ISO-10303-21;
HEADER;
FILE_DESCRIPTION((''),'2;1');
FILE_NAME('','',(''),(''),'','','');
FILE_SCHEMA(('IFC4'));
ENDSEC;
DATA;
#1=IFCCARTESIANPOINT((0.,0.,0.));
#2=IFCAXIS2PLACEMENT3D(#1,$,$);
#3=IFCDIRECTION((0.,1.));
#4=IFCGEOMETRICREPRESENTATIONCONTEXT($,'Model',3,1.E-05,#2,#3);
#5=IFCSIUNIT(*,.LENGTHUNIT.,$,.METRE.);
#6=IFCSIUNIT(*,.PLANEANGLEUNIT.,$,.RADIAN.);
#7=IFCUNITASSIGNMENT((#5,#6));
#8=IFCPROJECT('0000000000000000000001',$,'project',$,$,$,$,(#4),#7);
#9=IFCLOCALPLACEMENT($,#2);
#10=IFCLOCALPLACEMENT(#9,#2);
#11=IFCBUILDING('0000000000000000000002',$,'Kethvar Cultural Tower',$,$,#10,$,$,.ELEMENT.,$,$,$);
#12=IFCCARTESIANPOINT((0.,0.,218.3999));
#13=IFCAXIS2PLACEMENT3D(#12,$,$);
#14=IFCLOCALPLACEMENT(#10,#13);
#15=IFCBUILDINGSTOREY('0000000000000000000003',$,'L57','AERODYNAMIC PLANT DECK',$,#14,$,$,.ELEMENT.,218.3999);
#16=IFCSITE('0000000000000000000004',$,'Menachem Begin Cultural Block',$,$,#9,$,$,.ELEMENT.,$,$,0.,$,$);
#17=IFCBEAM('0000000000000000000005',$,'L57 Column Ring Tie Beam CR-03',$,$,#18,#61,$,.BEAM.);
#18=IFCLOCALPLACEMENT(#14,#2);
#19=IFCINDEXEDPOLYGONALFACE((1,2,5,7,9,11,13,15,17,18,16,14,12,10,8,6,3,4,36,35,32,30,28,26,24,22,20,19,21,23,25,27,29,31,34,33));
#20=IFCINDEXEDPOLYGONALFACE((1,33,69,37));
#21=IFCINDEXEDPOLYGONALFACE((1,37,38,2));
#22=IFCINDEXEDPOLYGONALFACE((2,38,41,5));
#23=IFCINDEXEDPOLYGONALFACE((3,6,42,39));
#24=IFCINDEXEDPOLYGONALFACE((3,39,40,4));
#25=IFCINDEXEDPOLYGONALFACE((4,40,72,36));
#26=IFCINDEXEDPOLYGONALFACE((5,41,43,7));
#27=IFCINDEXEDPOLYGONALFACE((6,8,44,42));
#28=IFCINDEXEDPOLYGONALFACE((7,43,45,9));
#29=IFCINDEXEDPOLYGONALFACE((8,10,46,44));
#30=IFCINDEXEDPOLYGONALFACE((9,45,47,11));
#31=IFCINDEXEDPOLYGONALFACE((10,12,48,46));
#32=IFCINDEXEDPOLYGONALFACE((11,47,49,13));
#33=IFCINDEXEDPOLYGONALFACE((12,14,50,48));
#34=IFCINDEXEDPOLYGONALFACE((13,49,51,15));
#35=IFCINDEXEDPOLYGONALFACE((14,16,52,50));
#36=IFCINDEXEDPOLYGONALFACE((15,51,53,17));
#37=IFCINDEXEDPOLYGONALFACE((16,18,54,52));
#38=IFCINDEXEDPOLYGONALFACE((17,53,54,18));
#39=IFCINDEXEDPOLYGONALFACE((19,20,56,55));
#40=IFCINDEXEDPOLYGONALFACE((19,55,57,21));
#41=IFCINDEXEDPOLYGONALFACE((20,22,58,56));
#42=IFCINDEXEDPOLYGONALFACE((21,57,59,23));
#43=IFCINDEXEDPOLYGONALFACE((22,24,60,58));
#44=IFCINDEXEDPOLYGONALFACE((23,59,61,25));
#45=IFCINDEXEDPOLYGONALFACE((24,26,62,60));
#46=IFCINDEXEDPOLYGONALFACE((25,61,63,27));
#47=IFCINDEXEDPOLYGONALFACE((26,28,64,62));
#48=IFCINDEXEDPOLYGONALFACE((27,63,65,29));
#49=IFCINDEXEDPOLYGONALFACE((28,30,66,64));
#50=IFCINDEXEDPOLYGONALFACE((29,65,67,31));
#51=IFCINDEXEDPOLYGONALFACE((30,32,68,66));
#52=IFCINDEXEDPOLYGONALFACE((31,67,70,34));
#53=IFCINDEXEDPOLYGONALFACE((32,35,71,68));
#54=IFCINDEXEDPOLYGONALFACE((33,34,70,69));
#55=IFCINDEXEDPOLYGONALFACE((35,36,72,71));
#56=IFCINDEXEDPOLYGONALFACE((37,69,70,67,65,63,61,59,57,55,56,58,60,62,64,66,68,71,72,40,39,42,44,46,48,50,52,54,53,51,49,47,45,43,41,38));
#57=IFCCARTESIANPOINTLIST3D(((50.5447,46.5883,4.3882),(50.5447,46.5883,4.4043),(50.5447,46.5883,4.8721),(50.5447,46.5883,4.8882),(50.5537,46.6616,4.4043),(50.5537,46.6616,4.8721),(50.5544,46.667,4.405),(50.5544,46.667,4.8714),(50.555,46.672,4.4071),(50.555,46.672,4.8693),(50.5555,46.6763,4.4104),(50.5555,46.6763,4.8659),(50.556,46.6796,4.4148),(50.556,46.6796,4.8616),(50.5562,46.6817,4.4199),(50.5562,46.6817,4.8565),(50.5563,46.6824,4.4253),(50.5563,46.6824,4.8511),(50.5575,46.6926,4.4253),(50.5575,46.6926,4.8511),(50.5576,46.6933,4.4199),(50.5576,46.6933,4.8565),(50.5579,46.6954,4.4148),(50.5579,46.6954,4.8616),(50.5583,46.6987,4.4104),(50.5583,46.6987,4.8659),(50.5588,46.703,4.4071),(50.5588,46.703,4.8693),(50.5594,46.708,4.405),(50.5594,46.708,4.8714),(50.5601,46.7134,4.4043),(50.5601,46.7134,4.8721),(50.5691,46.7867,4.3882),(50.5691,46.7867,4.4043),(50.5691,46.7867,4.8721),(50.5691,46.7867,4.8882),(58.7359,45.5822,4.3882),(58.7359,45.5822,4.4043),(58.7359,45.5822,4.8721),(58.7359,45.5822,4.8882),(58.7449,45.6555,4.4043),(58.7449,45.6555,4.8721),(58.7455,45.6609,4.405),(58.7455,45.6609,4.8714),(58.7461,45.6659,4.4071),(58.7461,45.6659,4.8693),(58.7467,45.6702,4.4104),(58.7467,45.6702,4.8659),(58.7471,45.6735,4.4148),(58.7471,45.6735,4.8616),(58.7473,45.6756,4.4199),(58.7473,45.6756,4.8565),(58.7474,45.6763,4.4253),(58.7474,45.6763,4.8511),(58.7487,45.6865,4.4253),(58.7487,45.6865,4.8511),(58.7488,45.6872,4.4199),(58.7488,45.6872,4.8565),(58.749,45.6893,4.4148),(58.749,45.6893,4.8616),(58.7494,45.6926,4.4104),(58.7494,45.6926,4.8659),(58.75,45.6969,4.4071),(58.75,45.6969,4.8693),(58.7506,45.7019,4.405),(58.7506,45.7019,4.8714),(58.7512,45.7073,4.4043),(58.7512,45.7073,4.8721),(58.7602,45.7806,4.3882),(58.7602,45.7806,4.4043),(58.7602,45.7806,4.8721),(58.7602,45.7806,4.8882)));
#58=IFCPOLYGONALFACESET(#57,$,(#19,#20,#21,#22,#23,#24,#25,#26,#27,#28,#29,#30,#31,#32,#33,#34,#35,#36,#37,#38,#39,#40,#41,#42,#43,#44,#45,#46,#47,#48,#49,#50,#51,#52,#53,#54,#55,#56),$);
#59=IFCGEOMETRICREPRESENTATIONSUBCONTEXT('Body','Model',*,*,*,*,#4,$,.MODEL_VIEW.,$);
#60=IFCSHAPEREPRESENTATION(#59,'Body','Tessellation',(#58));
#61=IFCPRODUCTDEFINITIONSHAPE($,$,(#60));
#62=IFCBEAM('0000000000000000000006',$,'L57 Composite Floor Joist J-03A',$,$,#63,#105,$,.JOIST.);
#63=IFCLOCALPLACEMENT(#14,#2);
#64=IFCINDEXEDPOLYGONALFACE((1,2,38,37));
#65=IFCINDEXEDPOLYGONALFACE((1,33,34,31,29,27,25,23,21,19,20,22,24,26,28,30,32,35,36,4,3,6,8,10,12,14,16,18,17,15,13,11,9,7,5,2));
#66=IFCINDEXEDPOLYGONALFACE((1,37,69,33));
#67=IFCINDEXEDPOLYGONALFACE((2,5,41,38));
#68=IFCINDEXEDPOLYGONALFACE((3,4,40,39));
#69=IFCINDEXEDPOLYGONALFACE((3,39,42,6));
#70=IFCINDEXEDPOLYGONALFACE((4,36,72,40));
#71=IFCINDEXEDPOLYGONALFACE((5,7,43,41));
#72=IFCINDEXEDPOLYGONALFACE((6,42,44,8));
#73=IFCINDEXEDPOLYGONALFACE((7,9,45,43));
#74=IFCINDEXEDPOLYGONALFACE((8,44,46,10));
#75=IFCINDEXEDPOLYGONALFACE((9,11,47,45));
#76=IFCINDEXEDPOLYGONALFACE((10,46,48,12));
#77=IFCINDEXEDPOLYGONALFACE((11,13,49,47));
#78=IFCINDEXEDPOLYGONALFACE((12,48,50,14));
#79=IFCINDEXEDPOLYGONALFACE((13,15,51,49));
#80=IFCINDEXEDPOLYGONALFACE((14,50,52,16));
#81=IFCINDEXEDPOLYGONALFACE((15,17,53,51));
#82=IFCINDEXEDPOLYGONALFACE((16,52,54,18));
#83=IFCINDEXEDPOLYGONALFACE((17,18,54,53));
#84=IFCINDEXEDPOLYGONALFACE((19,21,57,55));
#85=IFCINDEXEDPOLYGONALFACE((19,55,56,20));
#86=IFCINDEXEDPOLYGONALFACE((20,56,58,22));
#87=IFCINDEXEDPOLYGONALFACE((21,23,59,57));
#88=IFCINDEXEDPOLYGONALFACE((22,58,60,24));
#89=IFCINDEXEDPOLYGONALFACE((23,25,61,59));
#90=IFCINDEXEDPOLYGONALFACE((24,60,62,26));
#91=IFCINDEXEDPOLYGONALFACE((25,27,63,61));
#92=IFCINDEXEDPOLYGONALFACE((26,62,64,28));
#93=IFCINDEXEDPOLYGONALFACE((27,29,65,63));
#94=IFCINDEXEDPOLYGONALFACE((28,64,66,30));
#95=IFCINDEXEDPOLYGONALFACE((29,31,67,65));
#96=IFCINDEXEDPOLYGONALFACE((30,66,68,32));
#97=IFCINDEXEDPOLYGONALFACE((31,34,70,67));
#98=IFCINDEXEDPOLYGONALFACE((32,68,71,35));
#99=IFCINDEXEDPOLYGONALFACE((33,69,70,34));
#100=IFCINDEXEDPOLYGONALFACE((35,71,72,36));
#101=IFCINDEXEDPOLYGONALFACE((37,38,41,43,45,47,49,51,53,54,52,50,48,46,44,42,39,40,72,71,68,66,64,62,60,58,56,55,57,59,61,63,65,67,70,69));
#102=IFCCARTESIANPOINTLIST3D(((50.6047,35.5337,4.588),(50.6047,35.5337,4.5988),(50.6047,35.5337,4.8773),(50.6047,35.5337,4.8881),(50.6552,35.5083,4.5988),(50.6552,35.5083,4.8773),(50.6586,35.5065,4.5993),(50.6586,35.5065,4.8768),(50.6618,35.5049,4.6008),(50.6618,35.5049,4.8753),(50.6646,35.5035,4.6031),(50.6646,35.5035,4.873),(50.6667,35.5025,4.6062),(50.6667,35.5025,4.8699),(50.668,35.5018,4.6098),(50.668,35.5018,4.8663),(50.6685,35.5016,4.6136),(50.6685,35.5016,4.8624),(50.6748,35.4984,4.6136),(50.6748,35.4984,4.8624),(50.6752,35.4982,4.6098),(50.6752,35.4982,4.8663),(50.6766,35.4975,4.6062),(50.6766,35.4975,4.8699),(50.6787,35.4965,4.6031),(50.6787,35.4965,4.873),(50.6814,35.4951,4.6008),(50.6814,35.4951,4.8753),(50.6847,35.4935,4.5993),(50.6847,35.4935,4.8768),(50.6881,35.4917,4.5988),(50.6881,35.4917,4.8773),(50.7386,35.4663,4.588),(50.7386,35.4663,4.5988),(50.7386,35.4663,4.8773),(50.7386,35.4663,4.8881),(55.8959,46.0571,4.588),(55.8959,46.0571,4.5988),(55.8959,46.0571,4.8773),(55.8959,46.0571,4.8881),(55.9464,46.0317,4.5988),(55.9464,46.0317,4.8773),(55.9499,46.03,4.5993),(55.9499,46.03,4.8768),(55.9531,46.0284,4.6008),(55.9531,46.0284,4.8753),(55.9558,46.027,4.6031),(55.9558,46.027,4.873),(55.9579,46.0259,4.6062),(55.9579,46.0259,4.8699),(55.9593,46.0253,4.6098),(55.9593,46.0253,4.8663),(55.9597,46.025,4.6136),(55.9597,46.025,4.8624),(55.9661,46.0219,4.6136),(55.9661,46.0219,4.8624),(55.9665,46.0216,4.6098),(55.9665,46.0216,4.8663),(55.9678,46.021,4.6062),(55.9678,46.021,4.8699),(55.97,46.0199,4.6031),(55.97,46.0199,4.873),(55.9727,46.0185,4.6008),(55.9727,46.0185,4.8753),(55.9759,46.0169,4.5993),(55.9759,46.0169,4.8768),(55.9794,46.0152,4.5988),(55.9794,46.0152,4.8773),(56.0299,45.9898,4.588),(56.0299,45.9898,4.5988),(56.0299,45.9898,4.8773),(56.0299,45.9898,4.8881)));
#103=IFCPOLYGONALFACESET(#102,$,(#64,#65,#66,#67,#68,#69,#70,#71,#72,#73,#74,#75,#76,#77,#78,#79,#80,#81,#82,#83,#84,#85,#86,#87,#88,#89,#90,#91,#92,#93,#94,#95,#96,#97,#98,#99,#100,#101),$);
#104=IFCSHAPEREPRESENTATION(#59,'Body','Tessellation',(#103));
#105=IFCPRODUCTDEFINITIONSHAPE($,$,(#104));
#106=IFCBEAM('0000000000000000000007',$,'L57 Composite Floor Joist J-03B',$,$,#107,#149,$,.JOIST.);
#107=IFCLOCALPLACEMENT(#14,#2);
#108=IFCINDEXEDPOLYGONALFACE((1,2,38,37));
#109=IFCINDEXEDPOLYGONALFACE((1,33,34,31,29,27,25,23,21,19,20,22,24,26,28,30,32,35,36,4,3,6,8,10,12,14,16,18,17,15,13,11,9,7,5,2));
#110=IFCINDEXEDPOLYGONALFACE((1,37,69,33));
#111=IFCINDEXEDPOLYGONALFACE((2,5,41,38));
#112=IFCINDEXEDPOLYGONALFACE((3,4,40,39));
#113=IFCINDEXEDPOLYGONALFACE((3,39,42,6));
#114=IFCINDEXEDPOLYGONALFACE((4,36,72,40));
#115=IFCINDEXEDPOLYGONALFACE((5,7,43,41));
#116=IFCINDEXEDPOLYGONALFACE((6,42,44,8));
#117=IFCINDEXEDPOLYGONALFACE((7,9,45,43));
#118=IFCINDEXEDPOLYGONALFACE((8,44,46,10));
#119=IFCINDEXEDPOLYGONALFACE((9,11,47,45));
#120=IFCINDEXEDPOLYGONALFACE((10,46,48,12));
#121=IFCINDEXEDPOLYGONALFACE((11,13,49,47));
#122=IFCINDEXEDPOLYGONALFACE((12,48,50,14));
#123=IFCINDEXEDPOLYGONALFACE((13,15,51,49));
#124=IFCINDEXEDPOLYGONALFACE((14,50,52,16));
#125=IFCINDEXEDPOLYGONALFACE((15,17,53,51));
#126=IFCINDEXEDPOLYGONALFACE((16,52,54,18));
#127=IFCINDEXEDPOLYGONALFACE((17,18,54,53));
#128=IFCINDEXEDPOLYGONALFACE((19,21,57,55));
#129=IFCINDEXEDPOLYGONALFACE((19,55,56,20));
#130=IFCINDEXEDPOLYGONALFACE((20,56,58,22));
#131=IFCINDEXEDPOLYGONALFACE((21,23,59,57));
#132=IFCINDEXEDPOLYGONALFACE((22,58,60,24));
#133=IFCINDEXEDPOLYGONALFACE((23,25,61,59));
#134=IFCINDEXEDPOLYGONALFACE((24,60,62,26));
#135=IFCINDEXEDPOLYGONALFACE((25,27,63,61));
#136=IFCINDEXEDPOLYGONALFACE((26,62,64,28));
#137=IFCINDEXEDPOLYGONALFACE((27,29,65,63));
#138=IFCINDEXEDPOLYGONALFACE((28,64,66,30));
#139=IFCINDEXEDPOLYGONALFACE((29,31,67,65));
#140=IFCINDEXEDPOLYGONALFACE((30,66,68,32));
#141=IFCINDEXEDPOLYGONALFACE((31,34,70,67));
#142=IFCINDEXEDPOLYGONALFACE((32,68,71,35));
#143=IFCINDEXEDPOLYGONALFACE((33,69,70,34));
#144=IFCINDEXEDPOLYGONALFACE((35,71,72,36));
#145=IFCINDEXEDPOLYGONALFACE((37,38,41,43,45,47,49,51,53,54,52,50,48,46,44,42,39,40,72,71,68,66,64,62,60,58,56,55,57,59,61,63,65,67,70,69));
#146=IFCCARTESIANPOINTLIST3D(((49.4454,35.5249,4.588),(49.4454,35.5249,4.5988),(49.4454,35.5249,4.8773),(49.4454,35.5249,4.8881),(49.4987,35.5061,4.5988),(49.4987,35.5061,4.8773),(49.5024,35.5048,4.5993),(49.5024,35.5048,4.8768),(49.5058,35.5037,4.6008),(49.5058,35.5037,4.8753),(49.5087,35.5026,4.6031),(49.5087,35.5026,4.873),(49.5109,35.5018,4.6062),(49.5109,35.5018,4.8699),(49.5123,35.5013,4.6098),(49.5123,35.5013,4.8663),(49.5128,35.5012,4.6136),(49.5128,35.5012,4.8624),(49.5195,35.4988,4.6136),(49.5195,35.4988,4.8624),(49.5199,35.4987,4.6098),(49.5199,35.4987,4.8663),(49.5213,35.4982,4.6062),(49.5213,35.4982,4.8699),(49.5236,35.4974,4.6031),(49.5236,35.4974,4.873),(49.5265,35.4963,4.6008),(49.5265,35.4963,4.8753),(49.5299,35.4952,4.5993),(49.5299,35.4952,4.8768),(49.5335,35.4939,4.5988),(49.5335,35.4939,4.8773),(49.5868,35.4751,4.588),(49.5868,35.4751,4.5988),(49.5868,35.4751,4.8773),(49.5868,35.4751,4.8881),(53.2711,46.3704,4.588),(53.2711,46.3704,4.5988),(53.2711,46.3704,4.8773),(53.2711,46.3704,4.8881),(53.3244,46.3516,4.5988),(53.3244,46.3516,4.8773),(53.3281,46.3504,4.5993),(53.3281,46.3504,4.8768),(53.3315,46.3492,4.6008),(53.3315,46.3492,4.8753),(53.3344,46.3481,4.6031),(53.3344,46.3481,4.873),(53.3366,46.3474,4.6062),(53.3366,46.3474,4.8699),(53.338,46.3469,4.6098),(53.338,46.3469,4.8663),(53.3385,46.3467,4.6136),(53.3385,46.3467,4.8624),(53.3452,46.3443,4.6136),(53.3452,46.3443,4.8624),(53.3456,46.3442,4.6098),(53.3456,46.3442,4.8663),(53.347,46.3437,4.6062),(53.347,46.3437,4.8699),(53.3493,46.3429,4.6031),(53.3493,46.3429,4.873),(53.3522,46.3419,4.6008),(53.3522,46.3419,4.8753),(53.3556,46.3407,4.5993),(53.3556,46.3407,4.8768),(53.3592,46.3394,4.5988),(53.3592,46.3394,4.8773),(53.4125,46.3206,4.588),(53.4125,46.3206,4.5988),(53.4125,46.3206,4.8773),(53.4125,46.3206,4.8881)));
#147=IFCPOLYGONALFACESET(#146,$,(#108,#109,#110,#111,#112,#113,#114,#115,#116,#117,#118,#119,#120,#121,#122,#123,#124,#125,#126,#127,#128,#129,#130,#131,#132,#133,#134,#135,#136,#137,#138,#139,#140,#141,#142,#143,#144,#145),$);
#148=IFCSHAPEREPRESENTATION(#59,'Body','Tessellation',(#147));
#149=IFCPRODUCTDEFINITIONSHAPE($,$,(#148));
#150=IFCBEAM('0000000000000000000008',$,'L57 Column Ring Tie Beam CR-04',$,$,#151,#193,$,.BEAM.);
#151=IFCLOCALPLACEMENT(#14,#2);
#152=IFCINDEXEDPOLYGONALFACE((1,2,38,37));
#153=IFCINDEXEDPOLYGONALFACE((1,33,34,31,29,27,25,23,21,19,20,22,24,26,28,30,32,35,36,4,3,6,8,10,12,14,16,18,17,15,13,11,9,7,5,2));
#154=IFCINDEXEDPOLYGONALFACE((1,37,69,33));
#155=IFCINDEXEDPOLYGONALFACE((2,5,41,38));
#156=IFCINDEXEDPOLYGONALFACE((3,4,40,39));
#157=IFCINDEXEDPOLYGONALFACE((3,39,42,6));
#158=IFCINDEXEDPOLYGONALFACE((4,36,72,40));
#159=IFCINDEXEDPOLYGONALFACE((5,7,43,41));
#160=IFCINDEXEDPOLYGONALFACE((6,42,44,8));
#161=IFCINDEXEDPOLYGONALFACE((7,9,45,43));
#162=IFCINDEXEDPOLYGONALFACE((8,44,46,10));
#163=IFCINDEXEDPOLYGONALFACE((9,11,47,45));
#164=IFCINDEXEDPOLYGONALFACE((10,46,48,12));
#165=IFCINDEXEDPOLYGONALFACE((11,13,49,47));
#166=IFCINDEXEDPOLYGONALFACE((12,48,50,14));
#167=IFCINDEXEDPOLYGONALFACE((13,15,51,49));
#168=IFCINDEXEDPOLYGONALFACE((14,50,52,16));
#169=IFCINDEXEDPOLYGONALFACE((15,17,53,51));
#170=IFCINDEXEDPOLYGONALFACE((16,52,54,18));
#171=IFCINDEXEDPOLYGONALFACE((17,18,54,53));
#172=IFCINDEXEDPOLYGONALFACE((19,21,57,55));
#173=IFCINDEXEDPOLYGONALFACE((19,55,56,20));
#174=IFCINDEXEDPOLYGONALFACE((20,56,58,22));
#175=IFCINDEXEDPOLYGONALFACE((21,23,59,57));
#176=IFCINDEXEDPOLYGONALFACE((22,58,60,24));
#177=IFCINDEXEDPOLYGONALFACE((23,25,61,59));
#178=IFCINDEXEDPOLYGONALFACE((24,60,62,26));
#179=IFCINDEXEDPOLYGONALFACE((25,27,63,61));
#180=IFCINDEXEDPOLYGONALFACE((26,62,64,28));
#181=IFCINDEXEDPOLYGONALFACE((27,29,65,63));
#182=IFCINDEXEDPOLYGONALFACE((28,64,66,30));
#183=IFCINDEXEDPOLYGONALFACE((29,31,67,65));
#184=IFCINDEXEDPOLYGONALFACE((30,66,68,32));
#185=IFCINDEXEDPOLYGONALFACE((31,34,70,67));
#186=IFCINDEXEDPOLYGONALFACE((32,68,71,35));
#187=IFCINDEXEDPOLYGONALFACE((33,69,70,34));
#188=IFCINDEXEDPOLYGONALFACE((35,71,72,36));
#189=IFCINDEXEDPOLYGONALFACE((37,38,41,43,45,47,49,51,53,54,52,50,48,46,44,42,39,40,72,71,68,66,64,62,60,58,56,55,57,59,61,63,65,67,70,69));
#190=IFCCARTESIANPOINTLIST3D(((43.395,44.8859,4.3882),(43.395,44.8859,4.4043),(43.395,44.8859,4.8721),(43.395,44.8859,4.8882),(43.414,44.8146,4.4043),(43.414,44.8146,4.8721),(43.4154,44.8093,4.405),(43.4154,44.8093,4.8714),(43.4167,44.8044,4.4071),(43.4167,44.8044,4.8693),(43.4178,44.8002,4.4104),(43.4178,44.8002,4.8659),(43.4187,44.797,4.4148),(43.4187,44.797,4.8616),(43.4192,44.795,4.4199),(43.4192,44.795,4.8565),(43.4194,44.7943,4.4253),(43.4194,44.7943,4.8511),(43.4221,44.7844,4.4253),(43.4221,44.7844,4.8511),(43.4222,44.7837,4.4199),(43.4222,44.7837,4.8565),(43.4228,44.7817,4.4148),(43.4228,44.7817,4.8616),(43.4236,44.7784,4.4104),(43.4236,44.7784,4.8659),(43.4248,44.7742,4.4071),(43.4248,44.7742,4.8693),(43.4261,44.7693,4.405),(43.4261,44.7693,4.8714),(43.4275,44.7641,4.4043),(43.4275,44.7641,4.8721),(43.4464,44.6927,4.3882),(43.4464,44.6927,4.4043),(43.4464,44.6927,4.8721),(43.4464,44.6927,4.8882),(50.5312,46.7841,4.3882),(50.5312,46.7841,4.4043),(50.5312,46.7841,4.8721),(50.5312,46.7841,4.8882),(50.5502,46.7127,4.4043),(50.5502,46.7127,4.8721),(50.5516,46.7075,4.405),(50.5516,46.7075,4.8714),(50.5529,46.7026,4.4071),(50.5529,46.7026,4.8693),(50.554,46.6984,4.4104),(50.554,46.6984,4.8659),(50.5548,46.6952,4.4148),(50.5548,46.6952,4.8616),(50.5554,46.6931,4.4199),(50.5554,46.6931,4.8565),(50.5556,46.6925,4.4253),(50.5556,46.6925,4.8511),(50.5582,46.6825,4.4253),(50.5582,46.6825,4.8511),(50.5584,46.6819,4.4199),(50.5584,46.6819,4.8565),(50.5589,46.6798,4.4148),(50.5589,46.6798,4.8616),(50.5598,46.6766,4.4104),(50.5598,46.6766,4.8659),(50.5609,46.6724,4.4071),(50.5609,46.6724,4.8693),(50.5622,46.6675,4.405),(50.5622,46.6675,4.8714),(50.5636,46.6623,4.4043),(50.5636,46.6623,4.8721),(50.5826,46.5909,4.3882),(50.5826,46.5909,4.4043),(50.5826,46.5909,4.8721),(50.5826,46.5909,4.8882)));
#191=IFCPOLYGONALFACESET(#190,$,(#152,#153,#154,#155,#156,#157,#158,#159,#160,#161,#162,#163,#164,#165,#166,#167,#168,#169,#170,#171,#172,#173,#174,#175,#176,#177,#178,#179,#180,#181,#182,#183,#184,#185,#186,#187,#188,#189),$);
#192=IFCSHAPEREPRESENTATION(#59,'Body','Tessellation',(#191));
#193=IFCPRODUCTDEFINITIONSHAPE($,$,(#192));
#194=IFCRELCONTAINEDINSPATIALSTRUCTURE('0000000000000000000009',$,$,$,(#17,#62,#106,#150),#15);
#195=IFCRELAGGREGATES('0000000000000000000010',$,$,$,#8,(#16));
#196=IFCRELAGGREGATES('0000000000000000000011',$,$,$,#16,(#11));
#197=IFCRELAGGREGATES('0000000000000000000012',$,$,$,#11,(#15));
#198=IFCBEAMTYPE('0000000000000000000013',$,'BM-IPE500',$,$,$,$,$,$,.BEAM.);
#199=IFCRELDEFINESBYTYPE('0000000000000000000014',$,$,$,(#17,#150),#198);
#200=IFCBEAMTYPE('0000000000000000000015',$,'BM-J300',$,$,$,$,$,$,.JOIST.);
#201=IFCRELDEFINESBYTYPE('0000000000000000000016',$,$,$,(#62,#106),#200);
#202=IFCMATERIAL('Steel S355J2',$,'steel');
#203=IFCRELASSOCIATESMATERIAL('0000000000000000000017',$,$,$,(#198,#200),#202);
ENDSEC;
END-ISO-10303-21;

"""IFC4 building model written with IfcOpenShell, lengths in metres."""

from ifc_helpers import new_model, si_unit, direction, frame, origin, origin_2d, place, context, subcontext, project, spatial, i_section, extrude, source, transform, mapped, material, material_profile, profile_set, type_object, element, save


model = new_model("IFC4")

# Units and contexts
model_context = context("Model", 3, precision=1e-05, world=origin(), true_north=direction((0.0, 1.0)))
body_context = subcontext(model_context, "Body", "Model", "MODEL_VIEW")
ifc_project = project(units=[si_unit("LENGTHUNIT", "METRE"), si_unit("PLANEANGLEUNIT", "RADIAN")], contexts=[model_context])

# Site, building, storey
site_placement = place(None, origin())
site = spatial("IfcSite", under=ifc_project, at=site_placement, Name="Menachem Begin Cultural Block", CompositionType="ELEMENT", RefElevation=0.0)
building_placement = place(site_placement, origin())
building = spatial("IfcBuilding", under=site, at=building_placement, Name="Kethvar Cultural Tower", CompositionType="ELEMENT")
storey_placement = place(building_placement, frame((0.0, 0.0, 218.3999)))
storey = spatial("IfcBuildingStorey", under=building, at=storey_placement, Name="L57", Description="AERODYNAMIC PLANT DECK", CompositionType="ELEMENT", Elevation=218.3999)

# Beams
ifc_material_1 = material(Name="Steel S355J2", Category="steel")
ifc_material_profile_1 = material_profile(ifc_material_1, i_section(OverallWidth=0.2, OverallDepth=0.5, WebThickness=0.0103, FlangeThickness=0.0161, FilletRadius=0.021, at=origin_2d()), Name="Steel S355J2 — IPE500")
ifc_profile_set_1 = profile_set([ifc_material_profile_1], Name="Steel S355J2 — IPE500")
beam_type_1 = type_object("IfcBeamType", Name="BM-IPE500", PredefinedType="BEAM", material=ifc_profile_set_1)
ifc_material_profile_2 = material_profile(ifc_material_1, i_section(OverallWidth=0.1499, OverallDepth=0.3, WebThickness=0.0071, FlangeThickness=0.0107, FilletRadius=0.0149, at=origin_2d()), Name="Steel S355J2 — IPE300")
ifc_profile_set_2 = profile_set([ifc_material_profile_2], Name="Steel S355J2 — IPE300")
beam_type_2 = type_object("IfcBeamType", Name="BM-J300", PredefinedType="JOIST", material=ifc_profile_set_2)
shared_shape_1 = source(origin(), body_context, "Body", "SweptSolid", [
    extrude(i_section(OverallWidth=0.2, OverallDepth=0.5, WebThickness=0.0103, FlangeThickness=0.0161, FilletRadius=0.021, at=origin_2d()), origin(), (0.0, 0.0, 1.0), 8.2527),
])
beam_1_placement = place(storey_placement, frame((58.748, 45.6814, 4.6382), z_axis=(-0.992541, 0.121912, 0.0), x_axis=(-0.121912, -0.992541, 0.0)))
element("IfcBeam", 1, at=beam_1_placement, inside=storey, type_object=beam_type_1, Name="L57 Column Ring Tie Beam CR-03", PredefinedType="BEAM", context=body_context, shape_type="MappedRepresentation", body=[
    mapped(shared_shape_1, transform((0.0, 0.0, 0.0), scale=1.0)),
])
shared_shape_2 = source(origin(), body_context, "Body", "SweptSolid", [
    extrude(i_section(OverallWidth=0.1499, OverallDepth=0.3, WebThickness=0.0071, FlangeThickness=0.0107, FilletRadius=0.0149, at=origin_2d()), origin(), (0.0, 0.0, 1.0), 11.7788),
])
beam_2_placement = place(storey_placement, frame((50.6716, 35.5, 4.738), z_axis=(0.449219, 0.893422, 0.0), x_axis=(-0.893422, 0.449219, 0.0)))
element("IfcBeam", 2, at=beam_2_placement, inside=storey, type_object=beam_type_2, Name="L57 Composite Floor Joist J-03A", PredefinedType="JOIST", context=body_context, shape_type="MappedRepresentation", body=[
    mapped(shared_shape_2, transform((0.0, 0.0, 0.0), scale=1.0)),
])
shared_shape_3 = source(origin(), body_context, "Body", "SweptSolid", [
    extrude(i_section(OverallWidth=0.1499, OverallDepth=0.3, WebThickness=0.0071, FlangeThickness=0.0107, FilletRadius=0.0149, at=origin_2d()), origin(), (0.0, 0.0, 1.0), 11.5005),
])
beam_3_placement = place(storey_placement, frame((49.5161, 35.5, 4.738), z_axis=(0.332656, 0.943048, 0.0), x_axis=(-0.943048, 0.332656, 0.0)))
element("IfcBeam", 3, at=beam_3_placement, inside=storey, type_object=beam_type_2, Name="L57 Composite Floor Joist J-03B", PredefinedType="JOIST", context=body_context, shape_type="MappedRepresentation", body=[
    mapped(shared_shape_3, transform((0.0, 0.0, 0.0), scale=1.0)),
])
shared_shape_4 = source(origin(), body_context, "Body", "SweptSolid", [
    extrude(i_section(OverallWidth=0.2, OverallDepth=0.5, WebThickness=0.0103, FlangeThickness=0.0161, FilletRadius=0.021, at=origin_2d()), origin(), (0.0, 0.0, 1.0), 7.3843),
])
beam_4_placement = place(storey_placement, frame((50.5569, 46.6875, 4.6382), z_axis=(-0.966397, -0.257056, 0.0), x_axis=(0.257056, -0.966397, 0.0)))
element("IfcBeam", 4, at=beam_4_placement, inside=storey, type_object=beam_type_1, Name="L57 Column Ring Tie Beam CR-04", PredefinedType="BEAM", context=body_context, shape_type="MappedRepresentation", body=[
    mapped(shared_shape_4, transform((0.0, 0.0, 0.0), scale=1.0)),
])

save(model, "model.ifc")
